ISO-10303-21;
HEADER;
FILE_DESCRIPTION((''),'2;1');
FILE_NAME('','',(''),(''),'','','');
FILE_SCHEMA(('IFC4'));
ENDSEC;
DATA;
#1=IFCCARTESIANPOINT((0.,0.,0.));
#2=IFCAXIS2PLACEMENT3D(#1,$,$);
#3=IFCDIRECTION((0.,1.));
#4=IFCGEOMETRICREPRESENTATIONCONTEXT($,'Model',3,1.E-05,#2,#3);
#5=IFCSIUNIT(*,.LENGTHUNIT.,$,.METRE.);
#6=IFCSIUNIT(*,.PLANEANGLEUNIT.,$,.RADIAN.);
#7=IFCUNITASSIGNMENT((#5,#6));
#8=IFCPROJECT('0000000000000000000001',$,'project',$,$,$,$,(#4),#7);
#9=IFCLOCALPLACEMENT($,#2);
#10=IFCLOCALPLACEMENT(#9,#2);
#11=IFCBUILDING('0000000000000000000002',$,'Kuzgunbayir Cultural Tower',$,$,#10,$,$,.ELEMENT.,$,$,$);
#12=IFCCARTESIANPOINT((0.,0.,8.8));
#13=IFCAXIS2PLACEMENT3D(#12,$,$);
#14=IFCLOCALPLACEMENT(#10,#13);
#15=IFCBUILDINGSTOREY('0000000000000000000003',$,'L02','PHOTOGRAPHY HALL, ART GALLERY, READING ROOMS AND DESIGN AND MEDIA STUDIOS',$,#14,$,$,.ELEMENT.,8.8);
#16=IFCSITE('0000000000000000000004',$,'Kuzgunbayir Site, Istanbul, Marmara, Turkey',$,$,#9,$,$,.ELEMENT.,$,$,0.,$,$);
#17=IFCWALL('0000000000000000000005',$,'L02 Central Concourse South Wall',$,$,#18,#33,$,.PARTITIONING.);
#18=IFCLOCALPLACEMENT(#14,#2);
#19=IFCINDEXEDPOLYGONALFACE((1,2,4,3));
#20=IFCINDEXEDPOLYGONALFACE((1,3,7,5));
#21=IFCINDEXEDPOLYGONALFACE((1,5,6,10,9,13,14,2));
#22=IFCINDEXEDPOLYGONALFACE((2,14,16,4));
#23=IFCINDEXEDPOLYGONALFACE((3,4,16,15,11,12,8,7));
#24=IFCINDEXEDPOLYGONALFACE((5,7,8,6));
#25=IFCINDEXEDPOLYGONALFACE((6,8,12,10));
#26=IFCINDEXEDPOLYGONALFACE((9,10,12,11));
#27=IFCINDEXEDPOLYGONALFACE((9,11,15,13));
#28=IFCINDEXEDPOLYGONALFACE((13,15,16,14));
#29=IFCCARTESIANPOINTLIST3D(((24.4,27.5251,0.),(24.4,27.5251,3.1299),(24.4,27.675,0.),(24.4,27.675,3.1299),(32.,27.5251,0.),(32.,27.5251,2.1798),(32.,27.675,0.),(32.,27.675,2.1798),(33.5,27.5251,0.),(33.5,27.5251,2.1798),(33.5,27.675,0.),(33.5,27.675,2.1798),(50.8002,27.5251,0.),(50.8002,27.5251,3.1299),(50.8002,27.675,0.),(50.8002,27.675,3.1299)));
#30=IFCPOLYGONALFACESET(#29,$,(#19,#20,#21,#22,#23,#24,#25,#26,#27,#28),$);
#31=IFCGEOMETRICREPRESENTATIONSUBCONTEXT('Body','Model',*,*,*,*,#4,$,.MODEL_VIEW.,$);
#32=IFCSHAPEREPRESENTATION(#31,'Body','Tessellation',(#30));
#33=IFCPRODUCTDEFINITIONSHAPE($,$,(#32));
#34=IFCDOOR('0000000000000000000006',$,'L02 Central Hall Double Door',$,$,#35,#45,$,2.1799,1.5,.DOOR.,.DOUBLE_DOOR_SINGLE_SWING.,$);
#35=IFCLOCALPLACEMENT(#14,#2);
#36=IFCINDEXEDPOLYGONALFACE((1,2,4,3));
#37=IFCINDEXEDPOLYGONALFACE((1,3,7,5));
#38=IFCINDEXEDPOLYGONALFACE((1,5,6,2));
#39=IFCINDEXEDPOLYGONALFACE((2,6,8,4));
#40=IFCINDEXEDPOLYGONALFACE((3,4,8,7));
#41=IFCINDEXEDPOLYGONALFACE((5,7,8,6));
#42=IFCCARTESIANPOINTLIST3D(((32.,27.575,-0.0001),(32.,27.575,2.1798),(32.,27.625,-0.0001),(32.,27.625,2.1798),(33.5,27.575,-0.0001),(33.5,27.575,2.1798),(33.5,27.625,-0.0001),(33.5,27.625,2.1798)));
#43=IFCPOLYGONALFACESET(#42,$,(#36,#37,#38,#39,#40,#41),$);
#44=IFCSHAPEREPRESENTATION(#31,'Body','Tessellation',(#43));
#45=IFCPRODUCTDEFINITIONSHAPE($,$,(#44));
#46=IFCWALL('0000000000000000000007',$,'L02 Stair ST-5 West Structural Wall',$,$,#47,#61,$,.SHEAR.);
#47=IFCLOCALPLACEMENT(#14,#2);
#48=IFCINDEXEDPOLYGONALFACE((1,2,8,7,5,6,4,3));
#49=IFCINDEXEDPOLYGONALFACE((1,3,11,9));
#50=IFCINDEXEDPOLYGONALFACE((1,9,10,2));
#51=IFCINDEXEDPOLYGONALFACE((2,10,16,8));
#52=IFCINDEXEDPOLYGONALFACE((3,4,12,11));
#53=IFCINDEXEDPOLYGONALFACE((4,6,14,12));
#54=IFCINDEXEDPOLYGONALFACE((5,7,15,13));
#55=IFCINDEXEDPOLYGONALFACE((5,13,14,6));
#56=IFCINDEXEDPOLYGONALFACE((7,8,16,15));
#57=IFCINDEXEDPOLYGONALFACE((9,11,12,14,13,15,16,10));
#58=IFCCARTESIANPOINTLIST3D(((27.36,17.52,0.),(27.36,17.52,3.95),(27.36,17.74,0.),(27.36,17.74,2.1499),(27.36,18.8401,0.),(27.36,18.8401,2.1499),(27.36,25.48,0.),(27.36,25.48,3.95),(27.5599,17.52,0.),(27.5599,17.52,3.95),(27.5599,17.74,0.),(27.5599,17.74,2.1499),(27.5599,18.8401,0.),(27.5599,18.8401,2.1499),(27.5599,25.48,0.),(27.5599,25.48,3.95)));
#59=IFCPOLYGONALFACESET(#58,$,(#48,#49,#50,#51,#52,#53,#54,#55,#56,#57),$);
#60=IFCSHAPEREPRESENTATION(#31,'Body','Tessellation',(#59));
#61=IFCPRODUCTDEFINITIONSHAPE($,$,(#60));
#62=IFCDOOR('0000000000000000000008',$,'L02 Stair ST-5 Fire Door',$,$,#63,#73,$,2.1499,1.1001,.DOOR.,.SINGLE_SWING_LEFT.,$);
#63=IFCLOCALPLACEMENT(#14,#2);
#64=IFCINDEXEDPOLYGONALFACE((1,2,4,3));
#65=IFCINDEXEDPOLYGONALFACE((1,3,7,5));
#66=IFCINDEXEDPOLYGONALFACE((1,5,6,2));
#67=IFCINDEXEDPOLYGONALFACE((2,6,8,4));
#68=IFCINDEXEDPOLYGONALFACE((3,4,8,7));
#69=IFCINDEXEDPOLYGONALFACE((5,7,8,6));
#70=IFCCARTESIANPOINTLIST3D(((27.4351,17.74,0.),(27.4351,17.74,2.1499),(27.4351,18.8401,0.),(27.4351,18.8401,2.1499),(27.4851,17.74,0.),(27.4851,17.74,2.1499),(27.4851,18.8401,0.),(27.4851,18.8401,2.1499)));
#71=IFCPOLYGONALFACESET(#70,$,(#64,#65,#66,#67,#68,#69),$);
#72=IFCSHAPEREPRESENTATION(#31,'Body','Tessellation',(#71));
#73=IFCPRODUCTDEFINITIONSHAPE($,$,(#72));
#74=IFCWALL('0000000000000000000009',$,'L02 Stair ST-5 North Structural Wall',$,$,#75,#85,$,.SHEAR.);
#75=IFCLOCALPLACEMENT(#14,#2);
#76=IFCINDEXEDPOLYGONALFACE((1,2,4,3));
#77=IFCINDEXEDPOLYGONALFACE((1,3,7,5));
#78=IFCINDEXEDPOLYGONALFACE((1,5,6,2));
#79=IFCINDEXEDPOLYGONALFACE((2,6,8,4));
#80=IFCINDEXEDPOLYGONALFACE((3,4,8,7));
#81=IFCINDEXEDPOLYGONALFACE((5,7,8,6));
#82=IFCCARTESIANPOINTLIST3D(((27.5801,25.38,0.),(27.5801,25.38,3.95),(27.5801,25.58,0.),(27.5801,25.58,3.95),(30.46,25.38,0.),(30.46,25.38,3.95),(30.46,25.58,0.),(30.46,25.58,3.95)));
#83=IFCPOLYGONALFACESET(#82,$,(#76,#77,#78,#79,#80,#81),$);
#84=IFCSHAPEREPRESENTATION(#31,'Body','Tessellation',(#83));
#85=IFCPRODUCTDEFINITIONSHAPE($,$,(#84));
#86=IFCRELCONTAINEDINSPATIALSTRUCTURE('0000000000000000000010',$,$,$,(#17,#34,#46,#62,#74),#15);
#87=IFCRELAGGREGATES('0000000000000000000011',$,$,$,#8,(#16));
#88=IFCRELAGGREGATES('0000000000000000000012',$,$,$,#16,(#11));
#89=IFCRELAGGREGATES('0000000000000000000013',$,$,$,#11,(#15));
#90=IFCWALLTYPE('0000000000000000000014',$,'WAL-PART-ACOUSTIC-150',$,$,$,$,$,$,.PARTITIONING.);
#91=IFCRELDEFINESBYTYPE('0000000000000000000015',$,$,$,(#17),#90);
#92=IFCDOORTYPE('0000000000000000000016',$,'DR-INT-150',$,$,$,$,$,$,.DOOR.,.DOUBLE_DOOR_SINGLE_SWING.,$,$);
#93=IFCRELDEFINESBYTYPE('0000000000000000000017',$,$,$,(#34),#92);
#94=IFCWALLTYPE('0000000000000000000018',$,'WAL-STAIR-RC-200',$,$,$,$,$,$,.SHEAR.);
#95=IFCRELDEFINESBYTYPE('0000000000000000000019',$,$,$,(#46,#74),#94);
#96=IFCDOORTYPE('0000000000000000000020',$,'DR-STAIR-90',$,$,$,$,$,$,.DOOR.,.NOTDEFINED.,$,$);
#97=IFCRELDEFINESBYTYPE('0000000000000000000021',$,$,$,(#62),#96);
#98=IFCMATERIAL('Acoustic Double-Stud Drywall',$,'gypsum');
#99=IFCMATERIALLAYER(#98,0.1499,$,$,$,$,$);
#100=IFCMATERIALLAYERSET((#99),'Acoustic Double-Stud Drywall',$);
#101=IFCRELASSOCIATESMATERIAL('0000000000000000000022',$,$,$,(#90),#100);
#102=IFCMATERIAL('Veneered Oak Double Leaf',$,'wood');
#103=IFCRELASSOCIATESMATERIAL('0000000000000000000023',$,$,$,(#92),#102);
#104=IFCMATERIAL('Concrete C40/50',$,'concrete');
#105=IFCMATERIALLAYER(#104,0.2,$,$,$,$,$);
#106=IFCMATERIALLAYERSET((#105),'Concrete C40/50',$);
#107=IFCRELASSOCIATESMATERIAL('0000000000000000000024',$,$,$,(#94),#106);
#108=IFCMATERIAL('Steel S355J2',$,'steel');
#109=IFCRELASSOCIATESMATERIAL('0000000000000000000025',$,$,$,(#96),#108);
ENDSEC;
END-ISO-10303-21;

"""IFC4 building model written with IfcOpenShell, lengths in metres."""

from ifc_helpers import new_model, si_unit, direction, frame, frame_2d, origin, place, context, subcontext, project, spatial, rectangle, extrude, material, layer, layer_set, type_object, element, fill, save


model = new_model("IFC4")

# Units and contexts
model_context = context("Model", 3, precision=1e-05, world=origin(), true_north=direction((0.0, 1.0)))
body_context = subcontext(model_context, "Body", "Model", "MODEL_VIEW")
ifc_project = project(units=[si_unit("LENGTHUNIT", "METRE"), si_unit("PLANEANGLEUNIT", "RADIAN")], contexts=[model_context])

# Site, building, storey
site_placement = place(None, origin())
site = spatial("IfcSite", under=ifc_project, at=site_placement, Name="Kuzgunbayir Site, Istanbul, Marmara, Turkey", CompositionType="ELEMENT", RefElevation=0.0)
building_placement = place(site_placement, origin())
building = spatial("IfcBuilding", under=site, at=building_placement, Name="Kuzgunbayir Cultural Tower", CompositionType="ELEMENT")
storey_placement = place(building_placement, frame((0.0, 0.0, 8.8)))
storey = spatial("IfcBuildingStorey", under=building, at=storey_placement, Name="L02", Description="PHOTOGRAPHY HALL, ART GALLERY, READING ROOMS AND DESIGN AND MEDIA STUDIOS", CompositionType="ELEMENT", Elevation=8.8)

# Shared definitions
ifc_material_1 = material(Name="Steel S355J2", Category="steel")

# Shared definitions
ifc_material_2 = material(Name="Acoustic Double-Stud Drywall", Category="gypsum")
ifc_layer_1 = layer(ifc_material_2, 0.1499)
ifc_layer_set_1 = layer_set([ifc_layer_1], Name="Acoustic Double-Stud Drywall")
wall_type_1 = type_object("IfcWallType", Name="WAL-PART-ACOUSTIC-150", PredefinedType="PARTITIONING", material=ifc_layer_set_1)

# Walls, openings, doors
wall_1_placement = place(storey_placement, frame((24.3999, 27.6001, 0.0), z_axis=(0.0, 0.0, 1.0), x_axis=(1.0, 0.0, 0.0)))
wall_1 = element("IfcWall", 1, at=wall_1_placement, inside=storey, type_object=wall_type_1, Name="L02 Central Concourse South Wall", PredefinedType="PARTITIONING", context=body_context, shape_type="SweptSolid", body=[
    extrude(rectangle(XDim=26.4001, YDim=0.1499, at=frame_2d((13.2002, 0.0))), origin(), (0.0, 0.0, 1.0), 3.1299),
])
opening_1_placement = place(wall_1_placement, frame((7.6001, 0.0, 0.0)))
opening_1 = element("IfcOpeningElement", 2, at=opening_1_placement, cuts=wall_1, PredefinedType="OPENING", context=body_context, shape_type="SweptSolid", body=[
    extrude(rectangle(XDim=1.5, YDim=2.1799, at=frame_2d((0.75, 1.0898))), frame((0.0, 0.085, 0.0), z_axis=(0.0, -1.0, 0.0), x_axis=(1.0, 0.0, 0.0)), (0.0, 0.0, 1.0), 0.1699),
])
ifc_material_3 = material(Name="Veneered Oak Double Leaf", Category="wood")
door_type_1 = type_object("IfcDoorType", Name="DR-INT-150", OperationType="DOUBLE_DOOR_SINGLE_SWING", PredefinedType="DOOR", material=ifc_material_3)
door_1_placement = place(opening_1_placement, origin())
door_1 = element("IfcDoor", 3, at=door_1_placement, inside=storey, type_object=door_type_1, Name="L02 Central Hall Double Door", OperationType="DOUBLE_DOOR_SINGLE_SWING", OverallHeight=2.1799, OverallWidth=1.5, PredefinedType="DOOR", context=body_context, shape_type="SweptSolid", body=[
    extrude(rectangle(XDim=1.5, YDim=2.1799, at=frame_2d((0.75, 1.0898))), frame((0.0, 0.0249, 0.0), z_axis=(0.0, -1.0, 0.0), x_axis=(1.0, 0.0, 0.0)), (0.0, 0.0, 1.0), 0.05),
])
fill(opening_1, door_1)
ifc_material_4 = material(Name="Concrete C40/50", Category="concrete")
ifc_layer_2 = layer(ifc_material_4, 0.2)
ifc_layer_set_2 = layer_set([ifc_layer_2], Name="Concrete C40/50")
wall_type_2 = type_object("IfcWallType", Name="WAL-STAIR-RC-200", PredefinedType="SHEAR", material=ifc_layer_set_2)
wall_2_placement = place(storey_placement, frame((27.46, 17.52, 0.0), z_axis=(0.0, 0.0, 1.0), x_axis=(0.0, 1.0, 0.0)))
wall_2 = element("IfcWall", 4, at=wall_2_placement, inside=storey, type_object=wall_type_2, Name="L02 Stair ST-5 West Structural Wall", PredefinedType="SHEAR", context=body_context, shape_type="SweptSolid", body=[
    extrude(rectangle(XDim=7.96, YDim=0.2, at=frame_2d((3.98, 0.0))), origin(), (0.0, 0.0, 1.0), 3.95),
])
opening_2_placement = place(wall_2_placement, frame((0.22, 0.0, 0.0)))
opening_2 = element("IfcOpeningElement", 5, at=opening_2_placement, cuts=wall_2, PredefinedType="OPENING", context=body_context, shape_type="SweptSolid", body=[
    extrude(rectangle(XDim=1.1001, YDim=2.1499, at=frame_2d((0.55, 1.075))), frame((0.0, 0.1099, 0.0), z_axis=(0.0, -1.0, 0.0), x_axis=(1.0, 0.0, 0.0)), (0.0, 0.0, 1.0), 0.22),
])
door_type_2 = type_object("IfcDoorType", Name="DR-STAIR-90", OperationType="NOTDEFINED", PredefinedType="DOOR", material=ifc_material_1)
door_2_placement = place(opening_2_placement, origin())
door_2 = element("IfcDoor", 6, at=door_2_placement, inside=storey, type_object=door_type_2, Name="L02 Stair ST-5 Fire Door", OperationType="SINGLE_SWING_LEFT", OverallHeight=2.1499, OverallWidth=1.1001, PredefinedType="DOOR", context=body_context, shape_type="SweptSolid", body=[
    extrude(rectangle(XDim=1.1001, YDim=2.1499, at=frame_2d((0.55, 1.075))), frame((0.0, 0.0249, 0.0), z_axis=(0.0, -1.0, 0.0), x_axis=(1.0, 0.0, 0.0)), (0.0, 0.0, 1.0), 0.05),
])
fill(opening_2, door_2)

# Wall
wall_3_placement = place(storey_placement, frame((27.5801, 25.48, 0.0), z_axis=(0.0, 0.0, 1.0), x_axis=(1.0, 0.0, 0.0)))
element("IfcWall", 7, at=wall_3_placement, inside=storey, type_object=wall_type_2, Name="L02 Stair ST-5 North Structural Wall", PredefinedType="SHEAR", context=body_context, shape_type="SweptSolid", body=[
    extrude(rectangle(XDim=2.8799, YDim=0.2, at=frame_2d((1.4399, 0.0))), origin(), (0.0, 0.0, 1.0), 3.95),
])

save(model, "model.ifc")
